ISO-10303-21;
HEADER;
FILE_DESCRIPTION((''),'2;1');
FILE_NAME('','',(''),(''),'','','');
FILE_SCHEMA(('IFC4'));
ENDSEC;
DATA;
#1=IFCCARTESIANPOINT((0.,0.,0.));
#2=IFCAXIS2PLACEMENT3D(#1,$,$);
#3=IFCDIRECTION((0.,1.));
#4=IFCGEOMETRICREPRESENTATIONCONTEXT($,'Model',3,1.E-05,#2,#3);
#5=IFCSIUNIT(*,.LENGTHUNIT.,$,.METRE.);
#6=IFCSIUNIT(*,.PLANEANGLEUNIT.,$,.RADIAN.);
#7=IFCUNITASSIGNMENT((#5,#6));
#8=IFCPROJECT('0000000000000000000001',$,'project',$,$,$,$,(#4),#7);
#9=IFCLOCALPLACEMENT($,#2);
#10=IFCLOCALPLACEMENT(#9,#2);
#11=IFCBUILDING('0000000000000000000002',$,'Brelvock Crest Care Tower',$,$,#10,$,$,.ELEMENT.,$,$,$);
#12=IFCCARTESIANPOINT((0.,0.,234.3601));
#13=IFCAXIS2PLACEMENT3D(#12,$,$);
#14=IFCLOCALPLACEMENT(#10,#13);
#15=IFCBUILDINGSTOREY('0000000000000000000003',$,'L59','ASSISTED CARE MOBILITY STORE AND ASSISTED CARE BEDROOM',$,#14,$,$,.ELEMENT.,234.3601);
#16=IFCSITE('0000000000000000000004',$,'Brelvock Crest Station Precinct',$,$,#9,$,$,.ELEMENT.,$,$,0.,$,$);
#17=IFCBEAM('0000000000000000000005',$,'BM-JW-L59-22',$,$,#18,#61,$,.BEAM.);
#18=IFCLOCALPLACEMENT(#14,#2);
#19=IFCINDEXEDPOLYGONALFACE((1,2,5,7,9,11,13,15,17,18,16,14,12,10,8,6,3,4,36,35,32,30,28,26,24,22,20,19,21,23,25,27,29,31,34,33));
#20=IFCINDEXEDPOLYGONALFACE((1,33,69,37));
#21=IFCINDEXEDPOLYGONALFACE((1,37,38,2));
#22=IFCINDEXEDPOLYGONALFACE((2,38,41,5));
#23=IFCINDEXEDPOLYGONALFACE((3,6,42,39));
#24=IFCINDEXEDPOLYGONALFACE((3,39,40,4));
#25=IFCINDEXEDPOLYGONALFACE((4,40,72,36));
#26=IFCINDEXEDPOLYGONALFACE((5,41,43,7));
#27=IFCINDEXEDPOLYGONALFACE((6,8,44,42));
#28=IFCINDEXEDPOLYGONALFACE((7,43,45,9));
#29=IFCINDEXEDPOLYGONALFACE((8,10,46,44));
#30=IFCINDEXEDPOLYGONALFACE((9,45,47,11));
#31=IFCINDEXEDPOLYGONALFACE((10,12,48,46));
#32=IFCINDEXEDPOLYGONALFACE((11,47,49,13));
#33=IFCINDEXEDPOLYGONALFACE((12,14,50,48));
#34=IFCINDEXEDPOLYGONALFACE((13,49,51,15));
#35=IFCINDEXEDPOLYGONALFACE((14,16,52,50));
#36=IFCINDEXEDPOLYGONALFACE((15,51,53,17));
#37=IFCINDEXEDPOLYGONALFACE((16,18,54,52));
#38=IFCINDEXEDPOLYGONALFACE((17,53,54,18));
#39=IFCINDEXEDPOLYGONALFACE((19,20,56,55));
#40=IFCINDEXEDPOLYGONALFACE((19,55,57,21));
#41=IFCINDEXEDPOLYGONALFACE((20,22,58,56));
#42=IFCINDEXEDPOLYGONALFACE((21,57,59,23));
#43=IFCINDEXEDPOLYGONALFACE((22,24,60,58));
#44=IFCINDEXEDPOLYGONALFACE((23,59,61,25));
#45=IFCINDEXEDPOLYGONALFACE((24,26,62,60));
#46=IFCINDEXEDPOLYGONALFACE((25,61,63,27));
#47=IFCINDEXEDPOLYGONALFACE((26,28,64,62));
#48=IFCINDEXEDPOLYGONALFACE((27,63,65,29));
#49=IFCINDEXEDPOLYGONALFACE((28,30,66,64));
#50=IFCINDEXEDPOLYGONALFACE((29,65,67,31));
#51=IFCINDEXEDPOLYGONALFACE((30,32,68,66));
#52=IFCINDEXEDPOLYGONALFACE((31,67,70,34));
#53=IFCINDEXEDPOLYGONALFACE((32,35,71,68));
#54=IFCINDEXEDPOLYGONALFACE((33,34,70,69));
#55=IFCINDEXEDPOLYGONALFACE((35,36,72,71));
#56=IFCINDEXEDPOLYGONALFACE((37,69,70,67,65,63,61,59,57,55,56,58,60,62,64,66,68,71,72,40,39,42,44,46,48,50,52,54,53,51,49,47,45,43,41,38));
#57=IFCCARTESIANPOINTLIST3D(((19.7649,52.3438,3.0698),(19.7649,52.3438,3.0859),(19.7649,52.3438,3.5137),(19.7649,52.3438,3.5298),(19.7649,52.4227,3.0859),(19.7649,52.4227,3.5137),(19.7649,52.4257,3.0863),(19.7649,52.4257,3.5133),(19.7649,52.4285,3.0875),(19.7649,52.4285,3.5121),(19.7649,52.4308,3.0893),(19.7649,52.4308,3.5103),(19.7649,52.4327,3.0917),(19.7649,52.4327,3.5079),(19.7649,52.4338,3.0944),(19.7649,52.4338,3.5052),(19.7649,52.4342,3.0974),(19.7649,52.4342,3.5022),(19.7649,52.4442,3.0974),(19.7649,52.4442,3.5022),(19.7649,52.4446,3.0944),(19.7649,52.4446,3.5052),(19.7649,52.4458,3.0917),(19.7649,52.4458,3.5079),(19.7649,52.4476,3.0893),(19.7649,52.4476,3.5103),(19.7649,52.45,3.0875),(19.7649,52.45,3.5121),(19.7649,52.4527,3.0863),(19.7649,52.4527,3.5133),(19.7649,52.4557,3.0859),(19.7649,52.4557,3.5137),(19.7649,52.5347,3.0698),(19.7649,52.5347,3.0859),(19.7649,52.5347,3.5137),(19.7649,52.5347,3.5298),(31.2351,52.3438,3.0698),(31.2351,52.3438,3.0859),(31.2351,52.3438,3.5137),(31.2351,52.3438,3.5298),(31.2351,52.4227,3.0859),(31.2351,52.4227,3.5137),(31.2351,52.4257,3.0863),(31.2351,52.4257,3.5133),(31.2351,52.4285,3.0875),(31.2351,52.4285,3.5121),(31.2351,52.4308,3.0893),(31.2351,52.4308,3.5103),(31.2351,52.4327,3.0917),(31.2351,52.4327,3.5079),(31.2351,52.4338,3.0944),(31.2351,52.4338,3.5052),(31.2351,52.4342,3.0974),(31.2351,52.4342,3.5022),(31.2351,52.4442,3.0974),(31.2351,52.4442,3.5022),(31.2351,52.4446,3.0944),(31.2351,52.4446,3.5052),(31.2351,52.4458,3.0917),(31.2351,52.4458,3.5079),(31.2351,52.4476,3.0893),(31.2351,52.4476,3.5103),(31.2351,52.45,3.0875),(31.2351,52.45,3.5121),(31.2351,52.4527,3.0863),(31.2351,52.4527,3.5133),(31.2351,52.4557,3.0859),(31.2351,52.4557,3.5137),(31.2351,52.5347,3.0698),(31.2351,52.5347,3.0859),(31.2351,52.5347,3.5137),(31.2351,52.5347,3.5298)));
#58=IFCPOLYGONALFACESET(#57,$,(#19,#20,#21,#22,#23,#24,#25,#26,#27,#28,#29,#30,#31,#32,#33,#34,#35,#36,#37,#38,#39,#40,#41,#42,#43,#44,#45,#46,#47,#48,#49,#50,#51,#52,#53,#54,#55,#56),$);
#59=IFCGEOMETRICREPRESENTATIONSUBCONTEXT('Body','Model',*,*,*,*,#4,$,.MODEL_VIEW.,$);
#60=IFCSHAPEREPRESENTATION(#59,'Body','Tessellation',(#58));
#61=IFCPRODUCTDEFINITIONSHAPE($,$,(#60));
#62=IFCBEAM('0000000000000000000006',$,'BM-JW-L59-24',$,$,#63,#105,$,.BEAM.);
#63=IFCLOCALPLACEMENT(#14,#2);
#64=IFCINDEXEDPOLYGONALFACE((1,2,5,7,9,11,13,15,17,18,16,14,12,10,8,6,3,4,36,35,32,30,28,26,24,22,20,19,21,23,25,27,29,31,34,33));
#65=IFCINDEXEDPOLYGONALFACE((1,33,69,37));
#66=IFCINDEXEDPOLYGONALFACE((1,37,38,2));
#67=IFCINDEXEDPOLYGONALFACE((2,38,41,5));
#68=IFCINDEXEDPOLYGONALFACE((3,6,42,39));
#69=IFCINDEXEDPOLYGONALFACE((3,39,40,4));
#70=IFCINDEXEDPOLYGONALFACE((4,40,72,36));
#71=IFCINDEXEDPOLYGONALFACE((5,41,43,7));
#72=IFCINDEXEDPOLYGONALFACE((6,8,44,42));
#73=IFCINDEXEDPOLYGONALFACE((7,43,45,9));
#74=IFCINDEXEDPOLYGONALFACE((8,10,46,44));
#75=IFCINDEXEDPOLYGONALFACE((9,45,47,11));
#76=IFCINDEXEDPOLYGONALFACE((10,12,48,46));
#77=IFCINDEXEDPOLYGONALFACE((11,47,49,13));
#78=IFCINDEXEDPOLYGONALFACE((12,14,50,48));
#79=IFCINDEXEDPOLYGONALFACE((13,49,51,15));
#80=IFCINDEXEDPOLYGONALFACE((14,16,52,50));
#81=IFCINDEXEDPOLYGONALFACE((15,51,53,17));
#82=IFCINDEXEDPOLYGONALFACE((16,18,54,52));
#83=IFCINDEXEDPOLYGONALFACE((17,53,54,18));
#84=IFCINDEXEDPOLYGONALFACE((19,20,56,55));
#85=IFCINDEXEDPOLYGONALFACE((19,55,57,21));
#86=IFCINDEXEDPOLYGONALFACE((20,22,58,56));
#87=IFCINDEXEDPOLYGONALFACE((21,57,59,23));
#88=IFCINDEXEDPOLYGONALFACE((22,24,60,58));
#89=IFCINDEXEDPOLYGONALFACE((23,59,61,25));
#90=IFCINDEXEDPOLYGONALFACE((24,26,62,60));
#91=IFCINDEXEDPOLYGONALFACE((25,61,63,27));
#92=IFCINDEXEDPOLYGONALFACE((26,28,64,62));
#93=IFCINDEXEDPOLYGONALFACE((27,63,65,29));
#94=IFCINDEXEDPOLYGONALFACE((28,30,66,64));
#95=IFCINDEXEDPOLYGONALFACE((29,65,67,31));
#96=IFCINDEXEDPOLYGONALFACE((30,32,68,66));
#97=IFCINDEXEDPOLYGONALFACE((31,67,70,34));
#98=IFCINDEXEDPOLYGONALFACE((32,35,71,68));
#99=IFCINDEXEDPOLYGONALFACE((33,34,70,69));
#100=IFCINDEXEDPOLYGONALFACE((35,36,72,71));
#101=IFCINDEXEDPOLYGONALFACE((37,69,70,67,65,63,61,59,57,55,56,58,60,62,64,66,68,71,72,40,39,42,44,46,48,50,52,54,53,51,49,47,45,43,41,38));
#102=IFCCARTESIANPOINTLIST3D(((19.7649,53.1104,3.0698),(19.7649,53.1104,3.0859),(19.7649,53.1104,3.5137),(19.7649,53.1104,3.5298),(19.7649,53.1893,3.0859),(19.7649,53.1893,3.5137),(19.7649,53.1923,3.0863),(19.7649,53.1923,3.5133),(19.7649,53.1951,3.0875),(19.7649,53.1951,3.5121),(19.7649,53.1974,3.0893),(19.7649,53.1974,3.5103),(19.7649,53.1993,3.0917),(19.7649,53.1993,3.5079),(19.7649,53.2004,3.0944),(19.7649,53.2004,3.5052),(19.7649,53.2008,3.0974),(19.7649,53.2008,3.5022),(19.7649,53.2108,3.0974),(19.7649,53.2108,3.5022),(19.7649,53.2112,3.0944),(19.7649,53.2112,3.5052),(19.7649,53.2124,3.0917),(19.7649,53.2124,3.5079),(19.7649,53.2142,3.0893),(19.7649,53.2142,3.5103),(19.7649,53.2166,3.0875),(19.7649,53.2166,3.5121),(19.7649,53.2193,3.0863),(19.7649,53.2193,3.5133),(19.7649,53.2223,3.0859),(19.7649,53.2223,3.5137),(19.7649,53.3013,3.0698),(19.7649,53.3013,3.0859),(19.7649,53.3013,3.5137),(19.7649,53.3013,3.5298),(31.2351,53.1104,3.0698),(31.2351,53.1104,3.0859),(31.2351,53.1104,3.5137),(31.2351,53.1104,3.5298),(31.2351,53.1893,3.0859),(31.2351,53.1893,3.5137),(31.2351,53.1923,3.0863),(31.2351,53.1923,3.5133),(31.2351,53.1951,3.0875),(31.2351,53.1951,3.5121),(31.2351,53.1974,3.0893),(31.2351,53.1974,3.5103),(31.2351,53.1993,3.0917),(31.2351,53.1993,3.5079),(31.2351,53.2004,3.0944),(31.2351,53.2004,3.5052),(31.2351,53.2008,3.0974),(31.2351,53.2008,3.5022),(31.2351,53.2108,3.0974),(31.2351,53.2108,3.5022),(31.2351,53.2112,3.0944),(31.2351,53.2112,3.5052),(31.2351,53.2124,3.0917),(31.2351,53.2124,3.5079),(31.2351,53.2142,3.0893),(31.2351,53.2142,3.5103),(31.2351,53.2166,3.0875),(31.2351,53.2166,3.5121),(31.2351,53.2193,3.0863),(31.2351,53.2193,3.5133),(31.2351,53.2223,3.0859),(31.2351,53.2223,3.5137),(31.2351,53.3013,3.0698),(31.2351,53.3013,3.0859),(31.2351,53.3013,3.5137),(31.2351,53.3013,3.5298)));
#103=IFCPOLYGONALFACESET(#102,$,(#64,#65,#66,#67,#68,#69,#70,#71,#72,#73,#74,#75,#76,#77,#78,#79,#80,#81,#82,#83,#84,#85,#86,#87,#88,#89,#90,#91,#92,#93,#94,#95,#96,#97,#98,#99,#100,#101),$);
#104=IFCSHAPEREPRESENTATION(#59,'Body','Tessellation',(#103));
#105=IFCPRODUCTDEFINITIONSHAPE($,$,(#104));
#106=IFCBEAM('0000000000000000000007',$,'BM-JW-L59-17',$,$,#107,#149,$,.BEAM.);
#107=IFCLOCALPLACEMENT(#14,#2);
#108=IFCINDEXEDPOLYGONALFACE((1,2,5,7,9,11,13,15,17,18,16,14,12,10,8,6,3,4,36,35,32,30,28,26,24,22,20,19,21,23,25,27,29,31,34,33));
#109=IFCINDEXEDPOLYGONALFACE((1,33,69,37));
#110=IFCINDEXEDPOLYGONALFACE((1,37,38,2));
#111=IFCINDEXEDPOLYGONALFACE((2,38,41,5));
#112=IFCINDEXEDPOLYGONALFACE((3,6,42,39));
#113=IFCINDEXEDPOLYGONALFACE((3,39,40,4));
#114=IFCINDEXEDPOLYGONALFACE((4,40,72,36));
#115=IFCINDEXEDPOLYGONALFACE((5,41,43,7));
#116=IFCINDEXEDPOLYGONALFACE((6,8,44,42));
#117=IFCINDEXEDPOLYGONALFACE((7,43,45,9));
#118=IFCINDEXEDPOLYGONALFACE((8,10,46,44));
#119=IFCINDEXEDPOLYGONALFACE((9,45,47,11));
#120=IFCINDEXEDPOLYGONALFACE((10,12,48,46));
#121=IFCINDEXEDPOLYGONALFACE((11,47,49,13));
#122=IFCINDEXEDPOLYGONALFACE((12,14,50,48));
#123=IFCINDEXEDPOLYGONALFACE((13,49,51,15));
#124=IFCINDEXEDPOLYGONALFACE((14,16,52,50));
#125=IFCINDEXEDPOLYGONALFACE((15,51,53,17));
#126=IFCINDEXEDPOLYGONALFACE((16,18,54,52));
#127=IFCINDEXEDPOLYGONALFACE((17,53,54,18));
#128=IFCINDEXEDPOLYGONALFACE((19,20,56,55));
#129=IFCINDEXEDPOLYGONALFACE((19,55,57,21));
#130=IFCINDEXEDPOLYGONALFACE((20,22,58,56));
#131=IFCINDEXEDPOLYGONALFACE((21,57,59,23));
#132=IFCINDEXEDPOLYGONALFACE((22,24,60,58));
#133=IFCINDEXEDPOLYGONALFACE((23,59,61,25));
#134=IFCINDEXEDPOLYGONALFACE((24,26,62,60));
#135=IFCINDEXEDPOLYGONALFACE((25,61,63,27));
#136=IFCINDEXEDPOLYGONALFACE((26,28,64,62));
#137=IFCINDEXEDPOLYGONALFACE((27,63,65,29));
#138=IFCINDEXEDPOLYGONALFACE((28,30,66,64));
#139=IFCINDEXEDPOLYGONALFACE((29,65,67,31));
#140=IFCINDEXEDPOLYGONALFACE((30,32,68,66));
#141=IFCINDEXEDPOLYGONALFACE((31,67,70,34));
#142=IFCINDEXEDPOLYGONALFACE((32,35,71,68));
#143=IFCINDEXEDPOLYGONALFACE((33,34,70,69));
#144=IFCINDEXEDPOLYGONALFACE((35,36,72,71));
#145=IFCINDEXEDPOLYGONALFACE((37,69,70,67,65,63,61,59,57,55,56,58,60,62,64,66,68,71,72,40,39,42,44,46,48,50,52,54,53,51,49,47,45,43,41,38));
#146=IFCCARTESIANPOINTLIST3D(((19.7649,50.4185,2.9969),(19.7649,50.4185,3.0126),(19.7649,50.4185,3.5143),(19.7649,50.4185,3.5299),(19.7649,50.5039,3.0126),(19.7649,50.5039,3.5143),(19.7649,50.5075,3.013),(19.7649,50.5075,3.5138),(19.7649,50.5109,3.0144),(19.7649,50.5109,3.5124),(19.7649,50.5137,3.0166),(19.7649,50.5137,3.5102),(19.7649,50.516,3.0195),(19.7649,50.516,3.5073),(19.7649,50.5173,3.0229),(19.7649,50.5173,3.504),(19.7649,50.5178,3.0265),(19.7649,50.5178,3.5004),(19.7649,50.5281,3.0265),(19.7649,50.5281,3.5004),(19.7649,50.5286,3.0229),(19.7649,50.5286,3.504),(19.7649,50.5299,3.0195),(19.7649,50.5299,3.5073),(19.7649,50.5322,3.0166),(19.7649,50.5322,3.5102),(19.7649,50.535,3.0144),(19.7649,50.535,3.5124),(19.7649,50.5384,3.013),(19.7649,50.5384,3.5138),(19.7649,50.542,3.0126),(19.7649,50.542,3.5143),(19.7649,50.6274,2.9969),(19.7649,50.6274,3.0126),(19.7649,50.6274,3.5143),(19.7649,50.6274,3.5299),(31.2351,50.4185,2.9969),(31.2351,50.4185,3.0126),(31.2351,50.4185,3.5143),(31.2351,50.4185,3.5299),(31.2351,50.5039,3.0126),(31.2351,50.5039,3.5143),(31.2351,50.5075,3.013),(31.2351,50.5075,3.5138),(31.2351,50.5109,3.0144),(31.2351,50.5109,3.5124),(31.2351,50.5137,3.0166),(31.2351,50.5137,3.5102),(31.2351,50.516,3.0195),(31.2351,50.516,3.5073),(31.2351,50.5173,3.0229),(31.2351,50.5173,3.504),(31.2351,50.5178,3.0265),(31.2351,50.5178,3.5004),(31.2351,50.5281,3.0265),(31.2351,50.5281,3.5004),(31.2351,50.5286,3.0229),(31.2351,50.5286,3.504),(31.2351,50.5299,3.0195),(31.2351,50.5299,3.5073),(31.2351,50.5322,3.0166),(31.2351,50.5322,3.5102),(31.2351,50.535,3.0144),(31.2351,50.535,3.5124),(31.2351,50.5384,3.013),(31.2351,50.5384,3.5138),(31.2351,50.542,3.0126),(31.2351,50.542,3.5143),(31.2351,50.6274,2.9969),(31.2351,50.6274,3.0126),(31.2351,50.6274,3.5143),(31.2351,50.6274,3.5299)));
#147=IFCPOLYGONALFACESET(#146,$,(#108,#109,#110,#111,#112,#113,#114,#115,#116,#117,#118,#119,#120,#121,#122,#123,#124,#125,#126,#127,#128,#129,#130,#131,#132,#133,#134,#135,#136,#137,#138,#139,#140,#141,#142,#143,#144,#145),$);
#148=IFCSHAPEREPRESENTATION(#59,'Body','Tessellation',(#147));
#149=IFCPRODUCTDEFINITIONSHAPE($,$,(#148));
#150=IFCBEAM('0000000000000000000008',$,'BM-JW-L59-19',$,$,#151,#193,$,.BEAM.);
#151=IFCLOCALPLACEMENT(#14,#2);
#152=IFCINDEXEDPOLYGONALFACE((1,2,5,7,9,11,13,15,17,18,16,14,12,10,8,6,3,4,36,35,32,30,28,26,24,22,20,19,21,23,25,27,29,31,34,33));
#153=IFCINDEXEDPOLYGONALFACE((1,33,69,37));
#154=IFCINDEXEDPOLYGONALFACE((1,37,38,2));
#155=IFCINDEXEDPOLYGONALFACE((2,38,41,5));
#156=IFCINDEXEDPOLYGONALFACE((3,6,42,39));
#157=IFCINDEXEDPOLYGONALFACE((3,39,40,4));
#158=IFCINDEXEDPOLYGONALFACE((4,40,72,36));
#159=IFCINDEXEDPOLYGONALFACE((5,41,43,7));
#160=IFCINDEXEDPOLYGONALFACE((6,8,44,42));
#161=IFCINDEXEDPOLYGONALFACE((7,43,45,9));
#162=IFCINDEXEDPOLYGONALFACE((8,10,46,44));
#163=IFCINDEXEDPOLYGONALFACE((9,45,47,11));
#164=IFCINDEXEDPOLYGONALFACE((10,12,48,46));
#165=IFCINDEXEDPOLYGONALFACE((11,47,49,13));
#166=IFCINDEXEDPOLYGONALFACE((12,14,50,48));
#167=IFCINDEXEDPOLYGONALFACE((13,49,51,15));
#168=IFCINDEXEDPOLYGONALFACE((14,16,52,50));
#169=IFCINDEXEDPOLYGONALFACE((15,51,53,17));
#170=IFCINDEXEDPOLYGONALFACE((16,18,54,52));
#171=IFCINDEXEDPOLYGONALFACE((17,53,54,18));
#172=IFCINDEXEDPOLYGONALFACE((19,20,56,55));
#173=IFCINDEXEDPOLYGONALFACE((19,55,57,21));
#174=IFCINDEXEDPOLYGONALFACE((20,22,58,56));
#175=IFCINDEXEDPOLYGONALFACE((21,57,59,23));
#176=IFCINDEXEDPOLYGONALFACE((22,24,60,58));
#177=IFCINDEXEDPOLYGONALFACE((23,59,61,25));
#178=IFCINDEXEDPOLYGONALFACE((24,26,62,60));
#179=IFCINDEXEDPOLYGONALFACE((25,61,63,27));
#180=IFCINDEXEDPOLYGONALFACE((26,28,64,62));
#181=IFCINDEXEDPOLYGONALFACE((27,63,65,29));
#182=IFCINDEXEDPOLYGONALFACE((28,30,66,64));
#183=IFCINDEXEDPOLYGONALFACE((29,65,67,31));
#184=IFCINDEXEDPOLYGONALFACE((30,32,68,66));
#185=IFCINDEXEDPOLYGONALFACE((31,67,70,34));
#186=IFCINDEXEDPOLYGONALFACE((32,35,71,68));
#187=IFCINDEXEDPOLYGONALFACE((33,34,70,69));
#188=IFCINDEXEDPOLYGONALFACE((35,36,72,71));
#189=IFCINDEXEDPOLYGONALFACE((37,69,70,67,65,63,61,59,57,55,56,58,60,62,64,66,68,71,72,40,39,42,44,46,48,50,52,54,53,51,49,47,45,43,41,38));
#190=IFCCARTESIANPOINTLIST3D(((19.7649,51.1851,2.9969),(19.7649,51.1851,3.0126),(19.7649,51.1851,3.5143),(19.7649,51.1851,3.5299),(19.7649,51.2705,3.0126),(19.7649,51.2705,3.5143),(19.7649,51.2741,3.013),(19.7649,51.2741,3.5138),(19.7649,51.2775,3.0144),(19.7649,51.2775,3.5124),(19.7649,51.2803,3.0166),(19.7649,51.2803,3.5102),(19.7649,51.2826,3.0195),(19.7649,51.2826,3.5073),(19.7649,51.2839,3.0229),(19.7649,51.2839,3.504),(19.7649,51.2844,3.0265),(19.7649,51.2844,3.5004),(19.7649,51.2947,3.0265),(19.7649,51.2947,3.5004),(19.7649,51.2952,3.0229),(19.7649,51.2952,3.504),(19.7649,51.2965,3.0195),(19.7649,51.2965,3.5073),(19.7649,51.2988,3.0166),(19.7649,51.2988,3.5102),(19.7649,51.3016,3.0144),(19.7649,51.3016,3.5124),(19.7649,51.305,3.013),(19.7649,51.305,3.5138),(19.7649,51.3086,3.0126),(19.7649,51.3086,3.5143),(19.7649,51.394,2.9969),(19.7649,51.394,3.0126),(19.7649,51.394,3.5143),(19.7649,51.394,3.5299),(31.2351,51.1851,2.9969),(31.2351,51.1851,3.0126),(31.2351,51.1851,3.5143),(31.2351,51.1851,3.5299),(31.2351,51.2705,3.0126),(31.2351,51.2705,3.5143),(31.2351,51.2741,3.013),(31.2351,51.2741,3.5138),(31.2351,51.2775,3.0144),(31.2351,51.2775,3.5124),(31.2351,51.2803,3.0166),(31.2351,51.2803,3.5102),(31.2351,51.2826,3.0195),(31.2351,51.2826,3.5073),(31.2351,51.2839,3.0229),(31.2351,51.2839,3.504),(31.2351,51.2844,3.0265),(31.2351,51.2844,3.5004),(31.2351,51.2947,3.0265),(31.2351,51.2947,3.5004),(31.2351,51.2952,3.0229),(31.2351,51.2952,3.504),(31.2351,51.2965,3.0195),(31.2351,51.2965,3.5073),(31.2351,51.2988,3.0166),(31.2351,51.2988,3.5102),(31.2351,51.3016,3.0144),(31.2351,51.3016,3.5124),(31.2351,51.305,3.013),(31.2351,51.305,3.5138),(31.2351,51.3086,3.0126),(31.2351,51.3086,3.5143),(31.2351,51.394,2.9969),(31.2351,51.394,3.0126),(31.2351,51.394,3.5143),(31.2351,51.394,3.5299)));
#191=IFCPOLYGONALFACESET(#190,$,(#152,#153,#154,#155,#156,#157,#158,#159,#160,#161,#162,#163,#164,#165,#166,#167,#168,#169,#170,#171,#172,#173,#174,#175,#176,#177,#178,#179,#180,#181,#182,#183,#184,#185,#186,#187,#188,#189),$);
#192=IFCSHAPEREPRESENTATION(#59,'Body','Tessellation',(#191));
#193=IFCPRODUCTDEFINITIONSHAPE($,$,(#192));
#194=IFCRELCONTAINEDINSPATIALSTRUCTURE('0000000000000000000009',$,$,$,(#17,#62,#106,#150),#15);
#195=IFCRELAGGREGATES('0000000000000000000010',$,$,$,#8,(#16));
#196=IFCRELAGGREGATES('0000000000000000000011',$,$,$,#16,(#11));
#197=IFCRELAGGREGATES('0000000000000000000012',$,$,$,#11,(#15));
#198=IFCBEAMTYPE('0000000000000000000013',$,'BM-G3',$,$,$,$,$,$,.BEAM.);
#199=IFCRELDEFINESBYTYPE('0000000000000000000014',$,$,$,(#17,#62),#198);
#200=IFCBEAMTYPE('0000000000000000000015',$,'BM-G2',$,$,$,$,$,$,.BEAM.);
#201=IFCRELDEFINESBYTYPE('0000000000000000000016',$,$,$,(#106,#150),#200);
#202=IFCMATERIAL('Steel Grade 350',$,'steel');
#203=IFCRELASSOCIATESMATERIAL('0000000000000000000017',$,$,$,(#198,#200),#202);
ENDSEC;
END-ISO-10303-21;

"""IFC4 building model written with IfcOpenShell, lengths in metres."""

from ifc_helpers import new_model, si_unit, direction, frame, origin, origin_2d, place, context, subcontext, project, spatial, i_section, extrude, source, transform, mapped, material, material_profile, profile_set, type_object, element, save


model = new_model("IFC4")

# Units and contexts
model_context = context("Model", 3, precision=1e-05, world=origin(), true_north=direction((0.0, 1.0)))
body_context = subcontext(model_context, "Body", "Model", "MODEL_VIEW")
ifc_project = project(units=[si_unit("LENGTHUNIT", "METRE"), si_unit("PLANEANGLEUNIT", "RADIAN")], contexts=[model_context])

# Site, building, storey
site_placement = place(None, origin())
site = spatial("IfcSite", under=ifc_project, at=site_placement, Name="Brelvock Crest Station Precinct", CompositionType="ELEMENT", RefElevation=0.0)
building_placement = place(site_placement, origin())
building = spatial("IfcBuilding", under=site, at=building_placement, Name="Brelvock Crest Care Tower", CompositionType="ELEMENT")
storey_placement = place(building_placement, frame((0.0, 0.0, 234.3601)))
storey = spatial("IfcBuildingStorey", under=building, at=storey_placement, Name="L59", Description="ASSISTED CARE MOBILITY STORE AND ASSISTED CARE BEDROOM", CompositionType="ELEMENT", Elevation=234.3601)

# Beams
ifc_material_1 = material(Name="Steel Grade 350", Category="steel")
ifc_material_profile_1 = material_profile(ifc_material_1, i_section(OverallWidth=0.1909, OverallDepth=0.46, WebThickness=0.01, FlangeThickness=0.0161, FilletRadius=0.0115, at=origin_2d()), Name="460UB82.1")
ifc_profile_set_1 = profile_set([ifc_material_profile_1], Name="Steel Grade 350")
beam_type_1 = type_object("IfcBeamType", Name="BM-G3", PredefinedType="BEAM", material=ifc_profile_set_1)
shared_shape_1 = source(origin(), body_context, "Body", "SweptSolid", [
    extrude(i_section(OverallWidth=0.1909, OverallDepth=0.46, WebThickness=0.01, FlangeThickness=0.0161, FilletRadius=0.0115, at=origin_2d()), origin(), (0.0, 0.0, 1.0), 11.4702),
])
for number, where, z_axis, x_axis, name in (
    (1, (19.7649, 52.4392, 3.2998), (1.0, 0.0, 0.0), (0.0, 1.0, 0.0), "BM-JW-L59-22"),
    (2, (19.7649, 53.2058, 3.2998), (1.0, 0.0, 0.0), (0.0, 1.0, 0.0), "BM-JW-L59-24"),
):
    element("IfcBeam", number, at=place(storey_placement, frame(where, z_axis=z_axis, x_axis=x_axis)), inside=storey, type_object=beam_type_1, Name=name, PredefinedType="BEAM", context=body_context, shape_type="MappedRepresentation", body=[
        mapped(shared_shape_1, transform((0.0, 0.0, 0.0), x_axis=(1.0, 0.0, 0.0), y_axis=(0.0, 1.0, 0.0), z_axis=(0.0, 0.0, 1.0), scale=1.0)),
    ])
ifc_material_profile_2 = material_profile(ifc_material_1, i_section(OverallWidth=0.209, OverallDepth=0.533, WebThickness=0.0103, FlangeThickness=0.0156, FilletRadius=0.0139, at=origin_2d()), Name="530UB92.4")
ifc_profile_set_2 = profile_set([ifc_material_profile_2], Name="Steel Grade 350")
beam_type_2 = type_object("IfcBeamType", Name="BM-G2", PredefinedType="BEAM", material=ifc_profile_set_2)
shared_shape_2 = source(origin(), body_context, "Body", "SweptSolid", [
    extrude(i_section(OverallWidth=0.209, OverallDepth=0.533, WebThickness=0.0103, FlangeThickness=0.0156, FilletRadius=0.0139, at=origin_2d()), origin(), (0.0, 0.0, 1.0), 11.4702),
])
for number, where, z_axis, x_axis, name in (
    (3, (19.7649, 50.5229, 3.2634), (1.0, 0.0, 0.0), (0.0, 1.0, 0.0), "BM-JW-L59-17"),
    (4, (19.7649, 51.2896, 3.2634), (1.0, 0.0, 0.0), (0.0, 1.0, 0.0), "BM-JW-L59-19"),
):
    element("IfcBeam", number, at=place(storey_placement, frame(where, z_axis=z_axis, x_axis=x_axis)), inside=storey, type_object=beam_type_2, Name=name, PredefinedType="BEAM", context=body_context, shape_type="MappedRepresentation", body=[
        mapped(shared_shape_2, transform((0.0, 0.0, 0.0), x_axis=(1.0, 0.0, 0.0), y_axis=(0.0, 1.0, 0.0), z_axis=(0.0, 0.0, 1.0), scale=1.0)),
    ])

save(model, "model.ifc")
